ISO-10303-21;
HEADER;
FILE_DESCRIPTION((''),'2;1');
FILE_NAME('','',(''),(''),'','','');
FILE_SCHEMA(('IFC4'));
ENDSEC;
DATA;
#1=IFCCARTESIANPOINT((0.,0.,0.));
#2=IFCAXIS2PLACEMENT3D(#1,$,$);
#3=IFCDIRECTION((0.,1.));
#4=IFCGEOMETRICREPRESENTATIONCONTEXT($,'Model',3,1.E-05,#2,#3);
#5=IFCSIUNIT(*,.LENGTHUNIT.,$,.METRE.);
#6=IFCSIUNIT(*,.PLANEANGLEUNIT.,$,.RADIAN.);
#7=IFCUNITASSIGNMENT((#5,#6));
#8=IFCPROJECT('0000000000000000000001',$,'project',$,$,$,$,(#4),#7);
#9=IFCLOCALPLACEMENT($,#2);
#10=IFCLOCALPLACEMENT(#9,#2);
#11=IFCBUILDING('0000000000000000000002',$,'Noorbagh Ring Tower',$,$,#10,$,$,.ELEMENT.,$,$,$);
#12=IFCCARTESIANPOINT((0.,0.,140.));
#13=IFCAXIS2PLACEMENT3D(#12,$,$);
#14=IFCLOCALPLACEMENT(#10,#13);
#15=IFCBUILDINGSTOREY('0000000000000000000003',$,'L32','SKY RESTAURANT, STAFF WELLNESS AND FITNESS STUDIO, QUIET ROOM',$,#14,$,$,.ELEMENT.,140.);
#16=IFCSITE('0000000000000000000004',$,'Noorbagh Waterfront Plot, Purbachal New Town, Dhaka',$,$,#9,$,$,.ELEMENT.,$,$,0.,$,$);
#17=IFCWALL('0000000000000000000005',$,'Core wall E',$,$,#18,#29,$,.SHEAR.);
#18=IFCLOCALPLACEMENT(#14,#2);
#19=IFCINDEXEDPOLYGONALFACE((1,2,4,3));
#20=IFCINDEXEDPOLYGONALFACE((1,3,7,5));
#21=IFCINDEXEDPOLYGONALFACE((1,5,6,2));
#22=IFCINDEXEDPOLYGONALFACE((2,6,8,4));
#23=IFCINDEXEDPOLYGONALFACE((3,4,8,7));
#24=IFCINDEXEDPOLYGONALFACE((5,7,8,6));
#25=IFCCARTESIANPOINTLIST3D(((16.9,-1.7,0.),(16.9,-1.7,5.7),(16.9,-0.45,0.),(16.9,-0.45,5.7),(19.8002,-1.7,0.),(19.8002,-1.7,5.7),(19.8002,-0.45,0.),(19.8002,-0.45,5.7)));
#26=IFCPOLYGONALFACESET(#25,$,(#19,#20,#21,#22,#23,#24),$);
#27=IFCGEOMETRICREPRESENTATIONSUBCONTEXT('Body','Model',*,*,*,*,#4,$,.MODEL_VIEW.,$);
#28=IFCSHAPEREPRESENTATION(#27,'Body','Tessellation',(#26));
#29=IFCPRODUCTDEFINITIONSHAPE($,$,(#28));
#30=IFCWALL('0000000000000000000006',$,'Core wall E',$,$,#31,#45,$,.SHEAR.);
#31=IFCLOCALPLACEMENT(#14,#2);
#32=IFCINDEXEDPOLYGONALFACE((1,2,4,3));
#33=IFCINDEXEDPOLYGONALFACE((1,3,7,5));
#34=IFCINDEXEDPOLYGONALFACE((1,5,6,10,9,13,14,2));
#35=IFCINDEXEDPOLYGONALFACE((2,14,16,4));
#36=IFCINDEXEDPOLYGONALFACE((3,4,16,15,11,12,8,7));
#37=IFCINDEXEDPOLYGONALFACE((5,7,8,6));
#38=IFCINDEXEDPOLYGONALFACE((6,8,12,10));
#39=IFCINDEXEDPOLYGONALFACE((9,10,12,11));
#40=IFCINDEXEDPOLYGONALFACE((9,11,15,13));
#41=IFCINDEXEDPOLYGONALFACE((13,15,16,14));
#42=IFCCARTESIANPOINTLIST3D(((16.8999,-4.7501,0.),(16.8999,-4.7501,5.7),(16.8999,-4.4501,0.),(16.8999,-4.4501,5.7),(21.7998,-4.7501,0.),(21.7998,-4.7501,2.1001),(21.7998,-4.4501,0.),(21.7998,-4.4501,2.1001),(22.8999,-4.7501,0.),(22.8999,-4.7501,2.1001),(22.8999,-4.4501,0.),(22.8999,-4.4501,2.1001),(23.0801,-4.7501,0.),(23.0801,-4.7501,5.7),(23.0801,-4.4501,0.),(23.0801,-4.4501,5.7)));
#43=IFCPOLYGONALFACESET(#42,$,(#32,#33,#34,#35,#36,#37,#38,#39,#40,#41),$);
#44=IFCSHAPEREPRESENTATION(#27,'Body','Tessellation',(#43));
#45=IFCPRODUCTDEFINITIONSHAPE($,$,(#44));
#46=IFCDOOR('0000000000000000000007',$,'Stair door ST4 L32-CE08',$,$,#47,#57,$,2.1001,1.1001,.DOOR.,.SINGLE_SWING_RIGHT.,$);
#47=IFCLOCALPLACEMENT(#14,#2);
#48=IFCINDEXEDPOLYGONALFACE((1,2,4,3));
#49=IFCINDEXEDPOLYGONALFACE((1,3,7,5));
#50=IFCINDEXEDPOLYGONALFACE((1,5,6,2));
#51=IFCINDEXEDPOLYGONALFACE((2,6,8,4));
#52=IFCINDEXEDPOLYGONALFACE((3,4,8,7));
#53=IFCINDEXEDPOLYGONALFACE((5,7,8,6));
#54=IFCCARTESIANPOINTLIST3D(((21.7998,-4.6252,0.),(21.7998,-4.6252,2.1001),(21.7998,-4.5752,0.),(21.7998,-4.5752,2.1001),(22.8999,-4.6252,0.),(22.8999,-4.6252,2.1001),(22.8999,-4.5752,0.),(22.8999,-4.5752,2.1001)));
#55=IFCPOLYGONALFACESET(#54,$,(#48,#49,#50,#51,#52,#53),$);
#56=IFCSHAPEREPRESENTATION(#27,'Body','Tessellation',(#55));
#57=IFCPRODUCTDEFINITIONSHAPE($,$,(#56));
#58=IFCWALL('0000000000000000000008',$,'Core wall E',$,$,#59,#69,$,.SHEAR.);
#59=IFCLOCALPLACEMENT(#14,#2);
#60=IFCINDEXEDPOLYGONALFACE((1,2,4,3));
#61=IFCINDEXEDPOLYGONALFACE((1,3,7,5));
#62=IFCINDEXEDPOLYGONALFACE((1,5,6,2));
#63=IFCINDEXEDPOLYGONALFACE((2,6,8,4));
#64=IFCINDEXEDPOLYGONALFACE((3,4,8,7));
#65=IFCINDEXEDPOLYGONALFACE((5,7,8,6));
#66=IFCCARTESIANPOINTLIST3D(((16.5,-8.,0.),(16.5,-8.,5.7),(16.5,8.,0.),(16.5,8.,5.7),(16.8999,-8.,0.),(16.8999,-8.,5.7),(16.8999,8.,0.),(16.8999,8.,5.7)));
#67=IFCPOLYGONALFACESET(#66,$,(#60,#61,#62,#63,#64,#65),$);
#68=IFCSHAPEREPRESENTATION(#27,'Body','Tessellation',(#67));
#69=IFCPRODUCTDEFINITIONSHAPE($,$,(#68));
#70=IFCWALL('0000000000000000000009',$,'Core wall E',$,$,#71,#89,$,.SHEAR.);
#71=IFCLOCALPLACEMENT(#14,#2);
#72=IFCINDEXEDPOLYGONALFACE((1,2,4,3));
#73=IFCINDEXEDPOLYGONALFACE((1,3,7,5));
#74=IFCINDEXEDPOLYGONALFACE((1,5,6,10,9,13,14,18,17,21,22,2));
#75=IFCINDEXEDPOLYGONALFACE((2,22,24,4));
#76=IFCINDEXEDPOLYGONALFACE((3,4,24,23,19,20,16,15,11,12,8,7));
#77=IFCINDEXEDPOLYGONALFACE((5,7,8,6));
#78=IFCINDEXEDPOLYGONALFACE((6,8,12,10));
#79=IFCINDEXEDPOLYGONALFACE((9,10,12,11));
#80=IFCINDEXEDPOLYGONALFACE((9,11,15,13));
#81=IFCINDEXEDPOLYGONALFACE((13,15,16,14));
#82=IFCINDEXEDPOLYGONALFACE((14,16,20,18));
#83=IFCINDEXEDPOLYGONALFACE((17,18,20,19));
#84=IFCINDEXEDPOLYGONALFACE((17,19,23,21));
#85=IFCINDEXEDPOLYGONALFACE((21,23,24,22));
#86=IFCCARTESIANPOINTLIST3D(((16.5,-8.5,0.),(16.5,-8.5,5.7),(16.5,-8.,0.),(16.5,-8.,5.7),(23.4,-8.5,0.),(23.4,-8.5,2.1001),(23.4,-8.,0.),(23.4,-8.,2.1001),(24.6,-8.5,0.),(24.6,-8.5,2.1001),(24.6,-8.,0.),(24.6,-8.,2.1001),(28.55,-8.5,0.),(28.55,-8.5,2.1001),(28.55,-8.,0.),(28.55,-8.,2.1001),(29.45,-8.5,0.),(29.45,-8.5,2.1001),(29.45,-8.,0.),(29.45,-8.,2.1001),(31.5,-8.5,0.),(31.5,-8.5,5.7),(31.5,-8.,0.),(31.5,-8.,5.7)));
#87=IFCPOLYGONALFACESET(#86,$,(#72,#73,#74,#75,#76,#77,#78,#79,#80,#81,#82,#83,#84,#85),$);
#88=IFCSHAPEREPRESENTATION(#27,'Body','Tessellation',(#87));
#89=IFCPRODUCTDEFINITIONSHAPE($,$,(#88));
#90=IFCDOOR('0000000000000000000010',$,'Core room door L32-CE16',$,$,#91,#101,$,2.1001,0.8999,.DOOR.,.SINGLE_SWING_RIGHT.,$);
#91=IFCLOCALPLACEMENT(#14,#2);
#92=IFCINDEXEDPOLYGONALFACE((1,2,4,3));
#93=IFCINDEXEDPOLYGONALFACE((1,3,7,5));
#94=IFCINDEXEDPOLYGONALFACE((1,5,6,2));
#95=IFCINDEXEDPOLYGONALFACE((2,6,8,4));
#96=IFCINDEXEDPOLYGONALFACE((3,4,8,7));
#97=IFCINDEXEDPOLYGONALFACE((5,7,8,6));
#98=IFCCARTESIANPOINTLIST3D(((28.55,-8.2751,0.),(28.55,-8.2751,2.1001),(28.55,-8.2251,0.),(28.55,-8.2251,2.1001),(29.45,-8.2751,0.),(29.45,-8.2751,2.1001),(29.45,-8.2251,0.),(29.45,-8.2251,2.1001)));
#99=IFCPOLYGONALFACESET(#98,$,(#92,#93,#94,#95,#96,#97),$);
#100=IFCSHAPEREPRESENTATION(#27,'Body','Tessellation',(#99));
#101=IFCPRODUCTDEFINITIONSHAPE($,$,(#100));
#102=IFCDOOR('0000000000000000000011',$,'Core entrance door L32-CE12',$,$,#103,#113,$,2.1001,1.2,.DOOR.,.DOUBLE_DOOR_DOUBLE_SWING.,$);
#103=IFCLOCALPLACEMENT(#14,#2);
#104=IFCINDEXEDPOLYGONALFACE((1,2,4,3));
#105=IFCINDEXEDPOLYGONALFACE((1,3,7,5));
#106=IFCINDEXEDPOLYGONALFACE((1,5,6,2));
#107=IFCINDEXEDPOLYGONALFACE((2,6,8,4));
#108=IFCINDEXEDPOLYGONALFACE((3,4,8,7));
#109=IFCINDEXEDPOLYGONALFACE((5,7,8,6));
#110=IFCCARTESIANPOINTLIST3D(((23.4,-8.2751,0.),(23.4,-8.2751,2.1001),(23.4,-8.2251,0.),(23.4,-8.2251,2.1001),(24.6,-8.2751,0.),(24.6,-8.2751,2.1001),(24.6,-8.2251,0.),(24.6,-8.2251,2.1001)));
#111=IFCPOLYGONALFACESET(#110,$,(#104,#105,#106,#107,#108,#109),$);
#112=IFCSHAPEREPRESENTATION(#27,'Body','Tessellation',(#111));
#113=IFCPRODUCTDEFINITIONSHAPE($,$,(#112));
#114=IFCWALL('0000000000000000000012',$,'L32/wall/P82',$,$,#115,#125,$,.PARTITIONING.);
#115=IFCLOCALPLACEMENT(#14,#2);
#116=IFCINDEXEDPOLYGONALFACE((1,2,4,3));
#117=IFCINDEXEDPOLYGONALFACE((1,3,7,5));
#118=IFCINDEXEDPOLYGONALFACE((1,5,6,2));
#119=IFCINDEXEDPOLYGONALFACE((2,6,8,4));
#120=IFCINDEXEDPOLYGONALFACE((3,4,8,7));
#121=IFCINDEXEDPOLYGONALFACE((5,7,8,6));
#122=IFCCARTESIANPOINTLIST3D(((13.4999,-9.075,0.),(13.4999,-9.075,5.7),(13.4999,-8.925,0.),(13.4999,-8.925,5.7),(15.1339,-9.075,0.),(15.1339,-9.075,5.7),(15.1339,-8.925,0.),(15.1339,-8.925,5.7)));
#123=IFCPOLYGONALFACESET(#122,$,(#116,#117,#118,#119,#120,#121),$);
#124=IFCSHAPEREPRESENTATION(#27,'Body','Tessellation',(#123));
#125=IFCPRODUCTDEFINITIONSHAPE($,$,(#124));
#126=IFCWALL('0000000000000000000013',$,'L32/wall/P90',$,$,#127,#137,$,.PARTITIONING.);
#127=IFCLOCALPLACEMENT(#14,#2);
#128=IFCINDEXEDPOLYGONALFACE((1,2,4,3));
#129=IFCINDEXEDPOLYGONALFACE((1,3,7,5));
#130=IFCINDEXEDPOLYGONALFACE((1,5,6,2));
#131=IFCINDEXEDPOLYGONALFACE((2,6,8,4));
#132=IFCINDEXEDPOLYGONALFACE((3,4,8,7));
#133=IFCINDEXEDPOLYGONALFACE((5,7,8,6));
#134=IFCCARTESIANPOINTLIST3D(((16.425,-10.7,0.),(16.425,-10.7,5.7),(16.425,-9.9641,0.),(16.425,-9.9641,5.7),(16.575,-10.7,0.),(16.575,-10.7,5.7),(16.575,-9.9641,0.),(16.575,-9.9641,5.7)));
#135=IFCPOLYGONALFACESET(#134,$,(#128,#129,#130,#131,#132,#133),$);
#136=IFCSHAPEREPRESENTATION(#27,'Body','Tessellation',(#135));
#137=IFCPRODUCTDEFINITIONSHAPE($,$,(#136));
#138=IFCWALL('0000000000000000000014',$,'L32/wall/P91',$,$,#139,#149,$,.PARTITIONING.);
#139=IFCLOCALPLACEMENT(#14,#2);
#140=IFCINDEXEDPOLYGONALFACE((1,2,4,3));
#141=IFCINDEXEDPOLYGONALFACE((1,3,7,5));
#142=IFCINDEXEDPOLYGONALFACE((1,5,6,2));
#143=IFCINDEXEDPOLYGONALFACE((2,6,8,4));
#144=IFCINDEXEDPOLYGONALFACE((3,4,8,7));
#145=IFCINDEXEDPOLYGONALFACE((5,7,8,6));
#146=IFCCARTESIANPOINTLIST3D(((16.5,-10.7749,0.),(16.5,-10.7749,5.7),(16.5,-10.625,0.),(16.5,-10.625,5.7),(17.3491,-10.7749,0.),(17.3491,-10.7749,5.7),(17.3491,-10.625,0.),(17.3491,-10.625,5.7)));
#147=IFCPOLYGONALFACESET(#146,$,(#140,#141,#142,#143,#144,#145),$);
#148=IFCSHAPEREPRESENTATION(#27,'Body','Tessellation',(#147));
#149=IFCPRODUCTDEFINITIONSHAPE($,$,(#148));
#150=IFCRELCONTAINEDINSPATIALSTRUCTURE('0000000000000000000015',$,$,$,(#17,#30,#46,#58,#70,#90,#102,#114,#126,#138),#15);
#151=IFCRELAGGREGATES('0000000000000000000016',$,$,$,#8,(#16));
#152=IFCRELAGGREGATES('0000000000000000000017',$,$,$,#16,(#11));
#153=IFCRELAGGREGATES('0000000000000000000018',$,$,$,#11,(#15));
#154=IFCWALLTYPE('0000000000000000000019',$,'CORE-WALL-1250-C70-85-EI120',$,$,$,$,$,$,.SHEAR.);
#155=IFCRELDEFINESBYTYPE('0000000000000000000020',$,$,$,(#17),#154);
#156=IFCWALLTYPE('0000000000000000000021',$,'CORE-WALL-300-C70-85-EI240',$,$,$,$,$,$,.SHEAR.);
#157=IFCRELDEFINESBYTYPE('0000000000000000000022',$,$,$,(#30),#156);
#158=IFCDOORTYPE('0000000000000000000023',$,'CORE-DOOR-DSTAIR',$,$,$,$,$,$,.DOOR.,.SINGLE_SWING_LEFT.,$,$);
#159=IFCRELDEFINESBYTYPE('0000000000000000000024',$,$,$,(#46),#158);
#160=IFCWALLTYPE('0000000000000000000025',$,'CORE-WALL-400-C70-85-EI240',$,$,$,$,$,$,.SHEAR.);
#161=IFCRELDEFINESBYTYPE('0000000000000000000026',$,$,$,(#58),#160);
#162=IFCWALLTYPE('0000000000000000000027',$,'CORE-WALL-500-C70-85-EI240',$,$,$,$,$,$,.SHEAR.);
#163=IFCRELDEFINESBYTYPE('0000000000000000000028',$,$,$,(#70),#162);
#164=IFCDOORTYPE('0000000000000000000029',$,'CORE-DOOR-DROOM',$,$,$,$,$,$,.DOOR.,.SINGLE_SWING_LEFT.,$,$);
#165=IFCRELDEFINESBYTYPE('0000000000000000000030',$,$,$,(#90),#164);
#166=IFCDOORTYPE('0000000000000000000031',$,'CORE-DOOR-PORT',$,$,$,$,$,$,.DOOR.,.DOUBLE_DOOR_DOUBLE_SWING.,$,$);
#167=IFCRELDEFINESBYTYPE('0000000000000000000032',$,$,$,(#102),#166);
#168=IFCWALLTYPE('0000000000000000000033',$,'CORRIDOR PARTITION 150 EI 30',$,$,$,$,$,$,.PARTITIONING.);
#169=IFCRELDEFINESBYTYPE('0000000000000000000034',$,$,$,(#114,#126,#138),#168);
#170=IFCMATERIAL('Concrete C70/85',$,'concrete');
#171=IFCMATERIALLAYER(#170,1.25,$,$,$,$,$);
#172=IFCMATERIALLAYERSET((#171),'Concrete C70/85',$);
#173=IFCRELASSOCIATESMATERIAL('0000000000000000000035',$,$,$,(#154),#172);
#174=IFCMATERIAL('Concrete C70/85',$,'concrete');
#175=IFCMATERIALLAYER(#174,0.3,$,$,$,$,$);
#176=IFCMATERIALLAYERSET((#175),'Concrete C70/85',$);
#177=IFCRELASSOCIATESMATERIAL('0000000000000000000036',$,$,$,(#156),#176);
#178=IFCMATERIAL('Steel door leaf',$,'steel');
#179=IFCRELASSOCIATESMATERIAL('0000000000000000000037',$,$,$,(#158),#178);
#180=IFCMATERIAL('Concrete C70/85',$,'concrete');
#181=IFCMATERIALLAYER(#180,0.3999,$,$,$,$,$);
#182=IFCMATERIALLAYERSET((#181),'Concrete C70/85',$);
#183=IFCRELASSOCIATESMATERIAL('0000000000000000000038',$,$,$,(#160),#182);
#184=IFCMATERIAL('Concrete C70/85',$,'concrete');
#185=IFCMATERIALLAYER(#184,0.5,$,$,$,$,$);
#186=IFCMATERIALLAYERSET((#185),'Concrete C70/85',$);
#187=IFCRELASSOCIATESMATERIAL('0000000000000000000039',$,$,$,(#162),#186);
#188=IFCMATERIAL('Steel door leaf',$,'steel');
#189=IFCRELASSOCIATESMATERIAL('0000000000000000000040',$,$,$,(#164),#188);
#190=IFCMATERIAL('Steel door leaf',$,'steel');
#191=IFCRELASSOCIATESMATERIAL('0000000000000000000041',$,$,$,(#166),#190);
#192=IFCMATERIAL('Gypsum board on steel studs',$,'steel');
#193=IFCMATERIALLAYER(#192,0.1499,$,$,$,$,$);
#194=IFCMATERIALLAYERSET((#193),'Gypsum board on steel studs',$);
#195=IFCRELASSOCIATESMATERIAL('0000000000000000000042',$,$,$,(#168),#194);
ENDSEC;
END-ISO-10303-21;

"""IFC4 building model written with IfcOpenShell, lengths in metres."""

from ifc_helpers import new_model, si_unit, direction, frame, frame_2d, origin, place, context, subcontext, project, spatial, rectangle, extrude, material, layer, layer_set, type_object, element, fill, save


model = new_model("IFC4")

# Units and contexts
model_context = context("Model", 3, precision=1e-05, world=origin(), true_north=direction((0.0, 1.0)))
body_context = subcontext(model_context, "Body", "Model", "MODEL_VIEW")
ifc_project = project(units=[si_unit("LENGTHUNIT", "METRE"), si_unit("PLANEANGLEUNIT", "RADIAN")], contexts=[model_context])

# Site, building, storey
site_placement = place(None, origin())
site = spatial("IfcSite", under=ifc_project, at=site_placement, Name="Noorbagh Waterfront Plot, Purbachal New Town, Dhaka", CompositionType="ELEMENT", RefElevation=0.0)
building_placement = place(site_placement, origin())
building = spatial("IfcBuilding", under=site, at=building_placement, Name="Noorbagh Ring Tower", CompositionType="ELEMENT")
storey_placement = place(building_placement, frame((0.0, 0.0, 140.0)))
storey = spatial("IfcBuildingStorey", under=building, at=storey_placement, Name="L32", Description="SKY RESTAURANT, STAFF WELLNESS AND FITNESS STUDIO, QUIET ROOM", CompositionType="ELEMENT", Elevation=140.0)

# Wall
ifc_material_1 = material(Name="Concrete C70/85", Category="concrete")
ifc_layer_1 = layer(ifc_material_1, 1.25)
ifc_layer_set_1 = layer_set([ifc_layer_1], Name="Concrete C70/85")
wall_type_1 = type_object("IfcWallType", Name="CORE-WALL-1250-C70-85-EI120", PredefinedType="SHEAR", material=ifc_layer_set_1)
wall_1_placement = place(storey_placement, frame((16.8999, -1.075, 0.0), z_axis=(0.0, 0.0, 1.0), x_axis=(1.0, 0.0, 0.0)))
element("IfcWall", 1, at=wall_1_placement, inside=storey, type_object=wall_type_1, Name="Core wall E", PredefinedType="SHEAR", context=body_context, shape_type="SweptSolid", body=[
    extrude(rectangle(XDim=2.9001, YDim=1.25, at=frame_2d((1.4502, 0.0))), origin(), (0.0, 0.0, 1.0), 5.7),
])

# Wall, opening, door
ifc_material_2 = material(Name="Concrete C70/85", Category="concrete")
ifc_layer_2 = layer(ifc_material_2, 0.3)
ifc_layer_set_2 = layer_set([ifc_layer_2], Name="Concrete C70/85")
wall_type_2 = type_object("IfcWallType", Name="CORE-WALL-300-C70-85-EI240", PredefinedType="SHEAR", material=ifc_layer_set_2)
wall_2_placement = place(storey_placement, frame((16.8999, -4.6001, 0.0), z_axis=(0.0, 0.0, 1.0), x_axis=(1.0, 0.0, 0.0)))
wall_2 = element("IfcWall", 2, at=wall_2_placement, inside=storey, type_object=wall_type_2, Name="Core wall E", PredefinedType="SHEAR", context=body_context, shape_type="SweptSolid", body=[
    extrude(rectangle(XDim=6.1802, YDim=0.3, at=frame_2d((3.0901, 0.0))), origin(), (0.0, 0.0, 1.0), 5.7),
])
opening_1_placement = place(wall_2_placement, frame((4.8999, 0.0, 0.0)))
opening_1 = element("IfcOpeningElement", 3, at=opening_1_placement, cuts=wall_2, PredefinedType="OPENING", context=body_context, shape_type="SweptSolid", body=[
    extrude(rectangle(XDim=1.1001, YDim=2.1001, at=frame_2d((0.55, 1.05))), frame((0.0, 0.1602, 0.0), z_axis=(0.0, -1.0, 0.0), x_axis=(1.0, 0.0, 0.0)), (0.0, 0.0, 1.0), 0.3201),
])
ifc_material_3 = material(Name="Steel door leaf", Category="steel")
door_type_1 = type_object("IfcDoorType", Name="CORE-DOOR-DSTAIR", OperationType="SINGLE_SWING_LEFT", PredefinedType="DOOR", material=ifc_material_3)
door_1_placement = place(opening_1_placement, origin())
door_1 = element("IfcDoor", 4, at=door_1_placement, inside=storey, type_object=door_type_1, Name="Stair door ST4 L32-CE08", OperationType="SINGLE_SWING_RIGHT", OverallHeight=2.1001, OverallWidth=1.1001, PredefinedType="DOOR", context=body_context, shape_type="SweptSolid", body=[
    extrude(rectangle(XDim=1.1001, YDim=2.1001, at=frame_2d((0.55, 1.05))), frame((0.0, 0.0249, 0.0), z_axis=(0.0, -1.0, 0.0), x_axis=(1.0, 0.0, 0.0)), (0.0, 0.0, 1.0), 0.05),
])
fill(opening_1, door_1)

# Wall
ifc_material_4 = material(Name="Concrete C70/85", Category="concrete")
ifc_layer_3 = layer(ifc_material_4, 0.3999)
ifc_layer_set_3 = layer_set([ifc_layer_3], Name="Concrete C70/85")
wall_type_3 = type_object("IfcWallType", Name="CORE-WALL-400-C70-85-EI240", PredefinedType="SHEAR", material=ifc_layer_set_3)
wall_3_placement = place(storey_placement, frame((16.7, -8.0, 0.0), z_axis=(0.0, 0.0, 1.0), x_axis=(0.0, 1.0, 0.0)))
element("IfcWall", 5, at=wall_3_placement, inside=storey, type_object=wall_type_3, Name="Core wall E", PredefinedType="SHEAR", context=body_context, shape_type="SweptSolid", body=[
    extrude(rectangle(XDim=16.0, YDim=0.3999, at=frame_2d((8.0, 0.0))), origin(), (0.0, 0.0, 1.0), 5.7),
])

# Wall, openings, doors
ifc_material_5 = material(Name="Concrete C70/85", Category="concrete")
ifc_layer_4 = layer(ifc_material_5, 0.5)
ifc_layer_set_4 = layer_set([ifc_layer_4], Name="Concrete C70/85")
wall_type_4 = type_object("IfcWallType", Name="CORE-WALL-500-C70-85-EI240", PredefinedType="SHEAR", material=ifc_layer_set_4)
wall_4_placement = place(storey_placement, frame((16.5, -8.25, 0.0), z_axis=(0.0, 0.0, 1.0), x_axis=(1.0, 0.0, 0.0)))
wall_4 = element("IfcWall", 6, at=wall_4_placement, inside=storey, type_object=wall_type_4, Name="Core wall E", PredefinedType="SHEAR", context=body_context, shape_type="SweptSolid", body=[
    extrude(rectangle(XDim=15.0, YDim=0.5, at=frame_2d((7.5, 0.0))), origin(), (0.0, 0.0, 1.0), 5.7),
])
opening_2_placement = place(wall_4_placement, frame((6.8999, 0.0, 0.0)))
opening_2 = element("IfcOpeningElement", 7, at=opening_2_placement, cuts=wall_4, PredefinedType="OPENING", context=body_context, shape_type="SweptSolid", body=[
    extrude(rectangle(XDim=1.2, YDim=2.1001, at=frame_2d((0.6001, 1.05))), frame((0.0, 0.26, 0.0), z_axis=(0.0, -1.0, 0.0), x_axis=(1.0, 0.0, 0.0)), (0.0, 0.0, 1.0), 0.52),
])
opening_3_placement = place(wall_4_placement, frame((12.05, 0.0, 0.0)))
opening_3 = element("IfcOpeningElement", 8, at=opening_3_placement, cuts=wall_4, PredefinedType="OPENING", context=body_context, shape_type="SweptSolid", body=[
    extrude(rectangle(XDim=0.8999, YDim=2.1001, at=frame_2d((0.45, 1.05))), frame((0.0, 0.26, 0.0), z_axis=(0.0, -1.0, 0.0), x_axis=(1.0, 0.0, 0.0)), (0.0, 0.0, 1.0), 0.52),
])
ifc_material_6 = material(Name="Steel door leaf", Category="steel")
door_type_2 = type_object("IfcDoorType", Name="CORE-DOOR-DROOM", OperationType="SINGLE_SWING_LEFT", PredefinedType="DOOR", material=ifc_material_6)
door_2_placement = place(opening_3_placement, origin())
door_2 = element("IfcDoor", 9, at=door_2_placement, inside=storey, type_object=door_type_2, Name="Core room door L32-CE16", OperationType="SINGLE_SWING_RIGHT", OverallHeight=2.1001, OverallWidth=0.8999, PredefinedType="DOOR", context=body_context, shape_type="SweptSolid", body=[
    extrude(rectangle(XDim=0.8999, YDim=2.1001, at=frame_2d((0.45, 1.05))), frame((0.0, 0.0249, 0.0), z_axis=(0.0, -1.0, 0.0), x_axis=(1.0, 0.0, 0.0)), (0.0, 0.0, 1.0), 0.05),
])
fill(opening_3, door_2)
ifc_material_7 = material(Name="Steel door leaf", Category="steel")
door_type_3 = type_object("IfcDoorType", Name="CORE-DOOR-PORT", OperationType="DOUBLE_DOOR_DOUBLE_SWING", PredefinedType="DOOR", material=ifc_material_7)
door_3_placement = place(opening_2_placement, origin())
door_3 = element("IfcDoor", 10, at=door_3_placement, inside=storey, type_object=door_type_3, Name="Core entrance door L32-CE12", OperationType="DOUBLE_DOOR_DOUBLE_SWING", OverallHeight=2.1001, OverallWidth=1.2, PredefinedType="DOOR", context=body_context, shape_type="SweptSolid", body=[
    extrude(rectangle(XDim=1.2, YDim=2.1001, at=frame_2d((0.6001, 1.05))), frame((0.0, 0.0249, 0.0), z_axis=(0.0, -1.0, 0.0), x_axis=(1.0, 0.0, 0.0)), (0.0, 0.0, 1.0), 0.05),
])
fill(opening_2, door_3)

# Walls
ifc_material_8 = material(Name="Gypsum board on steel studs", Category="steel")
ifc_layer_5 = layer(ifc_material_8, 0.1499)
ifc_layer_set_5 = layer_set([ifc_layer_5], Name="Gypsum board on steel studs")
wall_type_5 = type_object("IfcWallType", Name="CORRIDOR PARTITION 150 EI 30", PredefinedType="PARTITIONING", material=ifc_layer_set_5)
wall_5_placement = place(storey_placement, frame((13.5, -9.0, 0.0), z_axis=(0.0, 0.0, 1.0), x_axis=(1.0, 0.0, 0.0)))
element("IfcWall", 11, at=wall_5_placement, inside=storey, type_object=wall_type_5, Name="L32/wall/P82", PredefinedType="PARTITIONING", context=body_context, shape_type="SweptSolid", body=[
    extrude(rectangle(XDim=1.634, YDim=0.1499, at=frame_2d((0.8169, 0.0))), origin(), (0.0, 0.0, 1.0), 5.7),
])
wall_6_placement = place(storey_placement, frame((16.5, -10.7, 0.0), z_axis=(0.0, 0.0, 1.0), x_axis=(0.0, 1.0, 0.0)))
element("IfcWall", 12, at=wall_6_placement, inside=storey, type_object=wall_type_5, Name="L32/wall/P90", PredefinedType="PARTITIONING", context=body_context, shape_type="SweptSolid", body=[
    extrude(rectangle(XDim=0.7358, YDim=0.1499, at=frame_2d((0.3679, 0.0))), origin(), (0.0, 0.0, 1.0), 5.7),
])
wall_7_placement = place(storey_placement, frame((16.5, -10.7, 0.0), z_axis=(0.0, 0.0, 1.0), x_axis=(1.0, 0.0, 0.0)))
element("IfcWall", 13, at=wall_7_placement, inside=storey, type_object=wall_type_5, Name="L32/wall/P91", PredefinedType="PARTITIONING", context=body_context, shape_type="SweptSolid", body=[
    extrude(rectangle(XDim=0.8491, YDim=0.1499, at=frame_2d((0.4246, 0.0))), origin(), (0.0, 0.0, 1.0), 5.7),
])

save(model, "model.ifc")
